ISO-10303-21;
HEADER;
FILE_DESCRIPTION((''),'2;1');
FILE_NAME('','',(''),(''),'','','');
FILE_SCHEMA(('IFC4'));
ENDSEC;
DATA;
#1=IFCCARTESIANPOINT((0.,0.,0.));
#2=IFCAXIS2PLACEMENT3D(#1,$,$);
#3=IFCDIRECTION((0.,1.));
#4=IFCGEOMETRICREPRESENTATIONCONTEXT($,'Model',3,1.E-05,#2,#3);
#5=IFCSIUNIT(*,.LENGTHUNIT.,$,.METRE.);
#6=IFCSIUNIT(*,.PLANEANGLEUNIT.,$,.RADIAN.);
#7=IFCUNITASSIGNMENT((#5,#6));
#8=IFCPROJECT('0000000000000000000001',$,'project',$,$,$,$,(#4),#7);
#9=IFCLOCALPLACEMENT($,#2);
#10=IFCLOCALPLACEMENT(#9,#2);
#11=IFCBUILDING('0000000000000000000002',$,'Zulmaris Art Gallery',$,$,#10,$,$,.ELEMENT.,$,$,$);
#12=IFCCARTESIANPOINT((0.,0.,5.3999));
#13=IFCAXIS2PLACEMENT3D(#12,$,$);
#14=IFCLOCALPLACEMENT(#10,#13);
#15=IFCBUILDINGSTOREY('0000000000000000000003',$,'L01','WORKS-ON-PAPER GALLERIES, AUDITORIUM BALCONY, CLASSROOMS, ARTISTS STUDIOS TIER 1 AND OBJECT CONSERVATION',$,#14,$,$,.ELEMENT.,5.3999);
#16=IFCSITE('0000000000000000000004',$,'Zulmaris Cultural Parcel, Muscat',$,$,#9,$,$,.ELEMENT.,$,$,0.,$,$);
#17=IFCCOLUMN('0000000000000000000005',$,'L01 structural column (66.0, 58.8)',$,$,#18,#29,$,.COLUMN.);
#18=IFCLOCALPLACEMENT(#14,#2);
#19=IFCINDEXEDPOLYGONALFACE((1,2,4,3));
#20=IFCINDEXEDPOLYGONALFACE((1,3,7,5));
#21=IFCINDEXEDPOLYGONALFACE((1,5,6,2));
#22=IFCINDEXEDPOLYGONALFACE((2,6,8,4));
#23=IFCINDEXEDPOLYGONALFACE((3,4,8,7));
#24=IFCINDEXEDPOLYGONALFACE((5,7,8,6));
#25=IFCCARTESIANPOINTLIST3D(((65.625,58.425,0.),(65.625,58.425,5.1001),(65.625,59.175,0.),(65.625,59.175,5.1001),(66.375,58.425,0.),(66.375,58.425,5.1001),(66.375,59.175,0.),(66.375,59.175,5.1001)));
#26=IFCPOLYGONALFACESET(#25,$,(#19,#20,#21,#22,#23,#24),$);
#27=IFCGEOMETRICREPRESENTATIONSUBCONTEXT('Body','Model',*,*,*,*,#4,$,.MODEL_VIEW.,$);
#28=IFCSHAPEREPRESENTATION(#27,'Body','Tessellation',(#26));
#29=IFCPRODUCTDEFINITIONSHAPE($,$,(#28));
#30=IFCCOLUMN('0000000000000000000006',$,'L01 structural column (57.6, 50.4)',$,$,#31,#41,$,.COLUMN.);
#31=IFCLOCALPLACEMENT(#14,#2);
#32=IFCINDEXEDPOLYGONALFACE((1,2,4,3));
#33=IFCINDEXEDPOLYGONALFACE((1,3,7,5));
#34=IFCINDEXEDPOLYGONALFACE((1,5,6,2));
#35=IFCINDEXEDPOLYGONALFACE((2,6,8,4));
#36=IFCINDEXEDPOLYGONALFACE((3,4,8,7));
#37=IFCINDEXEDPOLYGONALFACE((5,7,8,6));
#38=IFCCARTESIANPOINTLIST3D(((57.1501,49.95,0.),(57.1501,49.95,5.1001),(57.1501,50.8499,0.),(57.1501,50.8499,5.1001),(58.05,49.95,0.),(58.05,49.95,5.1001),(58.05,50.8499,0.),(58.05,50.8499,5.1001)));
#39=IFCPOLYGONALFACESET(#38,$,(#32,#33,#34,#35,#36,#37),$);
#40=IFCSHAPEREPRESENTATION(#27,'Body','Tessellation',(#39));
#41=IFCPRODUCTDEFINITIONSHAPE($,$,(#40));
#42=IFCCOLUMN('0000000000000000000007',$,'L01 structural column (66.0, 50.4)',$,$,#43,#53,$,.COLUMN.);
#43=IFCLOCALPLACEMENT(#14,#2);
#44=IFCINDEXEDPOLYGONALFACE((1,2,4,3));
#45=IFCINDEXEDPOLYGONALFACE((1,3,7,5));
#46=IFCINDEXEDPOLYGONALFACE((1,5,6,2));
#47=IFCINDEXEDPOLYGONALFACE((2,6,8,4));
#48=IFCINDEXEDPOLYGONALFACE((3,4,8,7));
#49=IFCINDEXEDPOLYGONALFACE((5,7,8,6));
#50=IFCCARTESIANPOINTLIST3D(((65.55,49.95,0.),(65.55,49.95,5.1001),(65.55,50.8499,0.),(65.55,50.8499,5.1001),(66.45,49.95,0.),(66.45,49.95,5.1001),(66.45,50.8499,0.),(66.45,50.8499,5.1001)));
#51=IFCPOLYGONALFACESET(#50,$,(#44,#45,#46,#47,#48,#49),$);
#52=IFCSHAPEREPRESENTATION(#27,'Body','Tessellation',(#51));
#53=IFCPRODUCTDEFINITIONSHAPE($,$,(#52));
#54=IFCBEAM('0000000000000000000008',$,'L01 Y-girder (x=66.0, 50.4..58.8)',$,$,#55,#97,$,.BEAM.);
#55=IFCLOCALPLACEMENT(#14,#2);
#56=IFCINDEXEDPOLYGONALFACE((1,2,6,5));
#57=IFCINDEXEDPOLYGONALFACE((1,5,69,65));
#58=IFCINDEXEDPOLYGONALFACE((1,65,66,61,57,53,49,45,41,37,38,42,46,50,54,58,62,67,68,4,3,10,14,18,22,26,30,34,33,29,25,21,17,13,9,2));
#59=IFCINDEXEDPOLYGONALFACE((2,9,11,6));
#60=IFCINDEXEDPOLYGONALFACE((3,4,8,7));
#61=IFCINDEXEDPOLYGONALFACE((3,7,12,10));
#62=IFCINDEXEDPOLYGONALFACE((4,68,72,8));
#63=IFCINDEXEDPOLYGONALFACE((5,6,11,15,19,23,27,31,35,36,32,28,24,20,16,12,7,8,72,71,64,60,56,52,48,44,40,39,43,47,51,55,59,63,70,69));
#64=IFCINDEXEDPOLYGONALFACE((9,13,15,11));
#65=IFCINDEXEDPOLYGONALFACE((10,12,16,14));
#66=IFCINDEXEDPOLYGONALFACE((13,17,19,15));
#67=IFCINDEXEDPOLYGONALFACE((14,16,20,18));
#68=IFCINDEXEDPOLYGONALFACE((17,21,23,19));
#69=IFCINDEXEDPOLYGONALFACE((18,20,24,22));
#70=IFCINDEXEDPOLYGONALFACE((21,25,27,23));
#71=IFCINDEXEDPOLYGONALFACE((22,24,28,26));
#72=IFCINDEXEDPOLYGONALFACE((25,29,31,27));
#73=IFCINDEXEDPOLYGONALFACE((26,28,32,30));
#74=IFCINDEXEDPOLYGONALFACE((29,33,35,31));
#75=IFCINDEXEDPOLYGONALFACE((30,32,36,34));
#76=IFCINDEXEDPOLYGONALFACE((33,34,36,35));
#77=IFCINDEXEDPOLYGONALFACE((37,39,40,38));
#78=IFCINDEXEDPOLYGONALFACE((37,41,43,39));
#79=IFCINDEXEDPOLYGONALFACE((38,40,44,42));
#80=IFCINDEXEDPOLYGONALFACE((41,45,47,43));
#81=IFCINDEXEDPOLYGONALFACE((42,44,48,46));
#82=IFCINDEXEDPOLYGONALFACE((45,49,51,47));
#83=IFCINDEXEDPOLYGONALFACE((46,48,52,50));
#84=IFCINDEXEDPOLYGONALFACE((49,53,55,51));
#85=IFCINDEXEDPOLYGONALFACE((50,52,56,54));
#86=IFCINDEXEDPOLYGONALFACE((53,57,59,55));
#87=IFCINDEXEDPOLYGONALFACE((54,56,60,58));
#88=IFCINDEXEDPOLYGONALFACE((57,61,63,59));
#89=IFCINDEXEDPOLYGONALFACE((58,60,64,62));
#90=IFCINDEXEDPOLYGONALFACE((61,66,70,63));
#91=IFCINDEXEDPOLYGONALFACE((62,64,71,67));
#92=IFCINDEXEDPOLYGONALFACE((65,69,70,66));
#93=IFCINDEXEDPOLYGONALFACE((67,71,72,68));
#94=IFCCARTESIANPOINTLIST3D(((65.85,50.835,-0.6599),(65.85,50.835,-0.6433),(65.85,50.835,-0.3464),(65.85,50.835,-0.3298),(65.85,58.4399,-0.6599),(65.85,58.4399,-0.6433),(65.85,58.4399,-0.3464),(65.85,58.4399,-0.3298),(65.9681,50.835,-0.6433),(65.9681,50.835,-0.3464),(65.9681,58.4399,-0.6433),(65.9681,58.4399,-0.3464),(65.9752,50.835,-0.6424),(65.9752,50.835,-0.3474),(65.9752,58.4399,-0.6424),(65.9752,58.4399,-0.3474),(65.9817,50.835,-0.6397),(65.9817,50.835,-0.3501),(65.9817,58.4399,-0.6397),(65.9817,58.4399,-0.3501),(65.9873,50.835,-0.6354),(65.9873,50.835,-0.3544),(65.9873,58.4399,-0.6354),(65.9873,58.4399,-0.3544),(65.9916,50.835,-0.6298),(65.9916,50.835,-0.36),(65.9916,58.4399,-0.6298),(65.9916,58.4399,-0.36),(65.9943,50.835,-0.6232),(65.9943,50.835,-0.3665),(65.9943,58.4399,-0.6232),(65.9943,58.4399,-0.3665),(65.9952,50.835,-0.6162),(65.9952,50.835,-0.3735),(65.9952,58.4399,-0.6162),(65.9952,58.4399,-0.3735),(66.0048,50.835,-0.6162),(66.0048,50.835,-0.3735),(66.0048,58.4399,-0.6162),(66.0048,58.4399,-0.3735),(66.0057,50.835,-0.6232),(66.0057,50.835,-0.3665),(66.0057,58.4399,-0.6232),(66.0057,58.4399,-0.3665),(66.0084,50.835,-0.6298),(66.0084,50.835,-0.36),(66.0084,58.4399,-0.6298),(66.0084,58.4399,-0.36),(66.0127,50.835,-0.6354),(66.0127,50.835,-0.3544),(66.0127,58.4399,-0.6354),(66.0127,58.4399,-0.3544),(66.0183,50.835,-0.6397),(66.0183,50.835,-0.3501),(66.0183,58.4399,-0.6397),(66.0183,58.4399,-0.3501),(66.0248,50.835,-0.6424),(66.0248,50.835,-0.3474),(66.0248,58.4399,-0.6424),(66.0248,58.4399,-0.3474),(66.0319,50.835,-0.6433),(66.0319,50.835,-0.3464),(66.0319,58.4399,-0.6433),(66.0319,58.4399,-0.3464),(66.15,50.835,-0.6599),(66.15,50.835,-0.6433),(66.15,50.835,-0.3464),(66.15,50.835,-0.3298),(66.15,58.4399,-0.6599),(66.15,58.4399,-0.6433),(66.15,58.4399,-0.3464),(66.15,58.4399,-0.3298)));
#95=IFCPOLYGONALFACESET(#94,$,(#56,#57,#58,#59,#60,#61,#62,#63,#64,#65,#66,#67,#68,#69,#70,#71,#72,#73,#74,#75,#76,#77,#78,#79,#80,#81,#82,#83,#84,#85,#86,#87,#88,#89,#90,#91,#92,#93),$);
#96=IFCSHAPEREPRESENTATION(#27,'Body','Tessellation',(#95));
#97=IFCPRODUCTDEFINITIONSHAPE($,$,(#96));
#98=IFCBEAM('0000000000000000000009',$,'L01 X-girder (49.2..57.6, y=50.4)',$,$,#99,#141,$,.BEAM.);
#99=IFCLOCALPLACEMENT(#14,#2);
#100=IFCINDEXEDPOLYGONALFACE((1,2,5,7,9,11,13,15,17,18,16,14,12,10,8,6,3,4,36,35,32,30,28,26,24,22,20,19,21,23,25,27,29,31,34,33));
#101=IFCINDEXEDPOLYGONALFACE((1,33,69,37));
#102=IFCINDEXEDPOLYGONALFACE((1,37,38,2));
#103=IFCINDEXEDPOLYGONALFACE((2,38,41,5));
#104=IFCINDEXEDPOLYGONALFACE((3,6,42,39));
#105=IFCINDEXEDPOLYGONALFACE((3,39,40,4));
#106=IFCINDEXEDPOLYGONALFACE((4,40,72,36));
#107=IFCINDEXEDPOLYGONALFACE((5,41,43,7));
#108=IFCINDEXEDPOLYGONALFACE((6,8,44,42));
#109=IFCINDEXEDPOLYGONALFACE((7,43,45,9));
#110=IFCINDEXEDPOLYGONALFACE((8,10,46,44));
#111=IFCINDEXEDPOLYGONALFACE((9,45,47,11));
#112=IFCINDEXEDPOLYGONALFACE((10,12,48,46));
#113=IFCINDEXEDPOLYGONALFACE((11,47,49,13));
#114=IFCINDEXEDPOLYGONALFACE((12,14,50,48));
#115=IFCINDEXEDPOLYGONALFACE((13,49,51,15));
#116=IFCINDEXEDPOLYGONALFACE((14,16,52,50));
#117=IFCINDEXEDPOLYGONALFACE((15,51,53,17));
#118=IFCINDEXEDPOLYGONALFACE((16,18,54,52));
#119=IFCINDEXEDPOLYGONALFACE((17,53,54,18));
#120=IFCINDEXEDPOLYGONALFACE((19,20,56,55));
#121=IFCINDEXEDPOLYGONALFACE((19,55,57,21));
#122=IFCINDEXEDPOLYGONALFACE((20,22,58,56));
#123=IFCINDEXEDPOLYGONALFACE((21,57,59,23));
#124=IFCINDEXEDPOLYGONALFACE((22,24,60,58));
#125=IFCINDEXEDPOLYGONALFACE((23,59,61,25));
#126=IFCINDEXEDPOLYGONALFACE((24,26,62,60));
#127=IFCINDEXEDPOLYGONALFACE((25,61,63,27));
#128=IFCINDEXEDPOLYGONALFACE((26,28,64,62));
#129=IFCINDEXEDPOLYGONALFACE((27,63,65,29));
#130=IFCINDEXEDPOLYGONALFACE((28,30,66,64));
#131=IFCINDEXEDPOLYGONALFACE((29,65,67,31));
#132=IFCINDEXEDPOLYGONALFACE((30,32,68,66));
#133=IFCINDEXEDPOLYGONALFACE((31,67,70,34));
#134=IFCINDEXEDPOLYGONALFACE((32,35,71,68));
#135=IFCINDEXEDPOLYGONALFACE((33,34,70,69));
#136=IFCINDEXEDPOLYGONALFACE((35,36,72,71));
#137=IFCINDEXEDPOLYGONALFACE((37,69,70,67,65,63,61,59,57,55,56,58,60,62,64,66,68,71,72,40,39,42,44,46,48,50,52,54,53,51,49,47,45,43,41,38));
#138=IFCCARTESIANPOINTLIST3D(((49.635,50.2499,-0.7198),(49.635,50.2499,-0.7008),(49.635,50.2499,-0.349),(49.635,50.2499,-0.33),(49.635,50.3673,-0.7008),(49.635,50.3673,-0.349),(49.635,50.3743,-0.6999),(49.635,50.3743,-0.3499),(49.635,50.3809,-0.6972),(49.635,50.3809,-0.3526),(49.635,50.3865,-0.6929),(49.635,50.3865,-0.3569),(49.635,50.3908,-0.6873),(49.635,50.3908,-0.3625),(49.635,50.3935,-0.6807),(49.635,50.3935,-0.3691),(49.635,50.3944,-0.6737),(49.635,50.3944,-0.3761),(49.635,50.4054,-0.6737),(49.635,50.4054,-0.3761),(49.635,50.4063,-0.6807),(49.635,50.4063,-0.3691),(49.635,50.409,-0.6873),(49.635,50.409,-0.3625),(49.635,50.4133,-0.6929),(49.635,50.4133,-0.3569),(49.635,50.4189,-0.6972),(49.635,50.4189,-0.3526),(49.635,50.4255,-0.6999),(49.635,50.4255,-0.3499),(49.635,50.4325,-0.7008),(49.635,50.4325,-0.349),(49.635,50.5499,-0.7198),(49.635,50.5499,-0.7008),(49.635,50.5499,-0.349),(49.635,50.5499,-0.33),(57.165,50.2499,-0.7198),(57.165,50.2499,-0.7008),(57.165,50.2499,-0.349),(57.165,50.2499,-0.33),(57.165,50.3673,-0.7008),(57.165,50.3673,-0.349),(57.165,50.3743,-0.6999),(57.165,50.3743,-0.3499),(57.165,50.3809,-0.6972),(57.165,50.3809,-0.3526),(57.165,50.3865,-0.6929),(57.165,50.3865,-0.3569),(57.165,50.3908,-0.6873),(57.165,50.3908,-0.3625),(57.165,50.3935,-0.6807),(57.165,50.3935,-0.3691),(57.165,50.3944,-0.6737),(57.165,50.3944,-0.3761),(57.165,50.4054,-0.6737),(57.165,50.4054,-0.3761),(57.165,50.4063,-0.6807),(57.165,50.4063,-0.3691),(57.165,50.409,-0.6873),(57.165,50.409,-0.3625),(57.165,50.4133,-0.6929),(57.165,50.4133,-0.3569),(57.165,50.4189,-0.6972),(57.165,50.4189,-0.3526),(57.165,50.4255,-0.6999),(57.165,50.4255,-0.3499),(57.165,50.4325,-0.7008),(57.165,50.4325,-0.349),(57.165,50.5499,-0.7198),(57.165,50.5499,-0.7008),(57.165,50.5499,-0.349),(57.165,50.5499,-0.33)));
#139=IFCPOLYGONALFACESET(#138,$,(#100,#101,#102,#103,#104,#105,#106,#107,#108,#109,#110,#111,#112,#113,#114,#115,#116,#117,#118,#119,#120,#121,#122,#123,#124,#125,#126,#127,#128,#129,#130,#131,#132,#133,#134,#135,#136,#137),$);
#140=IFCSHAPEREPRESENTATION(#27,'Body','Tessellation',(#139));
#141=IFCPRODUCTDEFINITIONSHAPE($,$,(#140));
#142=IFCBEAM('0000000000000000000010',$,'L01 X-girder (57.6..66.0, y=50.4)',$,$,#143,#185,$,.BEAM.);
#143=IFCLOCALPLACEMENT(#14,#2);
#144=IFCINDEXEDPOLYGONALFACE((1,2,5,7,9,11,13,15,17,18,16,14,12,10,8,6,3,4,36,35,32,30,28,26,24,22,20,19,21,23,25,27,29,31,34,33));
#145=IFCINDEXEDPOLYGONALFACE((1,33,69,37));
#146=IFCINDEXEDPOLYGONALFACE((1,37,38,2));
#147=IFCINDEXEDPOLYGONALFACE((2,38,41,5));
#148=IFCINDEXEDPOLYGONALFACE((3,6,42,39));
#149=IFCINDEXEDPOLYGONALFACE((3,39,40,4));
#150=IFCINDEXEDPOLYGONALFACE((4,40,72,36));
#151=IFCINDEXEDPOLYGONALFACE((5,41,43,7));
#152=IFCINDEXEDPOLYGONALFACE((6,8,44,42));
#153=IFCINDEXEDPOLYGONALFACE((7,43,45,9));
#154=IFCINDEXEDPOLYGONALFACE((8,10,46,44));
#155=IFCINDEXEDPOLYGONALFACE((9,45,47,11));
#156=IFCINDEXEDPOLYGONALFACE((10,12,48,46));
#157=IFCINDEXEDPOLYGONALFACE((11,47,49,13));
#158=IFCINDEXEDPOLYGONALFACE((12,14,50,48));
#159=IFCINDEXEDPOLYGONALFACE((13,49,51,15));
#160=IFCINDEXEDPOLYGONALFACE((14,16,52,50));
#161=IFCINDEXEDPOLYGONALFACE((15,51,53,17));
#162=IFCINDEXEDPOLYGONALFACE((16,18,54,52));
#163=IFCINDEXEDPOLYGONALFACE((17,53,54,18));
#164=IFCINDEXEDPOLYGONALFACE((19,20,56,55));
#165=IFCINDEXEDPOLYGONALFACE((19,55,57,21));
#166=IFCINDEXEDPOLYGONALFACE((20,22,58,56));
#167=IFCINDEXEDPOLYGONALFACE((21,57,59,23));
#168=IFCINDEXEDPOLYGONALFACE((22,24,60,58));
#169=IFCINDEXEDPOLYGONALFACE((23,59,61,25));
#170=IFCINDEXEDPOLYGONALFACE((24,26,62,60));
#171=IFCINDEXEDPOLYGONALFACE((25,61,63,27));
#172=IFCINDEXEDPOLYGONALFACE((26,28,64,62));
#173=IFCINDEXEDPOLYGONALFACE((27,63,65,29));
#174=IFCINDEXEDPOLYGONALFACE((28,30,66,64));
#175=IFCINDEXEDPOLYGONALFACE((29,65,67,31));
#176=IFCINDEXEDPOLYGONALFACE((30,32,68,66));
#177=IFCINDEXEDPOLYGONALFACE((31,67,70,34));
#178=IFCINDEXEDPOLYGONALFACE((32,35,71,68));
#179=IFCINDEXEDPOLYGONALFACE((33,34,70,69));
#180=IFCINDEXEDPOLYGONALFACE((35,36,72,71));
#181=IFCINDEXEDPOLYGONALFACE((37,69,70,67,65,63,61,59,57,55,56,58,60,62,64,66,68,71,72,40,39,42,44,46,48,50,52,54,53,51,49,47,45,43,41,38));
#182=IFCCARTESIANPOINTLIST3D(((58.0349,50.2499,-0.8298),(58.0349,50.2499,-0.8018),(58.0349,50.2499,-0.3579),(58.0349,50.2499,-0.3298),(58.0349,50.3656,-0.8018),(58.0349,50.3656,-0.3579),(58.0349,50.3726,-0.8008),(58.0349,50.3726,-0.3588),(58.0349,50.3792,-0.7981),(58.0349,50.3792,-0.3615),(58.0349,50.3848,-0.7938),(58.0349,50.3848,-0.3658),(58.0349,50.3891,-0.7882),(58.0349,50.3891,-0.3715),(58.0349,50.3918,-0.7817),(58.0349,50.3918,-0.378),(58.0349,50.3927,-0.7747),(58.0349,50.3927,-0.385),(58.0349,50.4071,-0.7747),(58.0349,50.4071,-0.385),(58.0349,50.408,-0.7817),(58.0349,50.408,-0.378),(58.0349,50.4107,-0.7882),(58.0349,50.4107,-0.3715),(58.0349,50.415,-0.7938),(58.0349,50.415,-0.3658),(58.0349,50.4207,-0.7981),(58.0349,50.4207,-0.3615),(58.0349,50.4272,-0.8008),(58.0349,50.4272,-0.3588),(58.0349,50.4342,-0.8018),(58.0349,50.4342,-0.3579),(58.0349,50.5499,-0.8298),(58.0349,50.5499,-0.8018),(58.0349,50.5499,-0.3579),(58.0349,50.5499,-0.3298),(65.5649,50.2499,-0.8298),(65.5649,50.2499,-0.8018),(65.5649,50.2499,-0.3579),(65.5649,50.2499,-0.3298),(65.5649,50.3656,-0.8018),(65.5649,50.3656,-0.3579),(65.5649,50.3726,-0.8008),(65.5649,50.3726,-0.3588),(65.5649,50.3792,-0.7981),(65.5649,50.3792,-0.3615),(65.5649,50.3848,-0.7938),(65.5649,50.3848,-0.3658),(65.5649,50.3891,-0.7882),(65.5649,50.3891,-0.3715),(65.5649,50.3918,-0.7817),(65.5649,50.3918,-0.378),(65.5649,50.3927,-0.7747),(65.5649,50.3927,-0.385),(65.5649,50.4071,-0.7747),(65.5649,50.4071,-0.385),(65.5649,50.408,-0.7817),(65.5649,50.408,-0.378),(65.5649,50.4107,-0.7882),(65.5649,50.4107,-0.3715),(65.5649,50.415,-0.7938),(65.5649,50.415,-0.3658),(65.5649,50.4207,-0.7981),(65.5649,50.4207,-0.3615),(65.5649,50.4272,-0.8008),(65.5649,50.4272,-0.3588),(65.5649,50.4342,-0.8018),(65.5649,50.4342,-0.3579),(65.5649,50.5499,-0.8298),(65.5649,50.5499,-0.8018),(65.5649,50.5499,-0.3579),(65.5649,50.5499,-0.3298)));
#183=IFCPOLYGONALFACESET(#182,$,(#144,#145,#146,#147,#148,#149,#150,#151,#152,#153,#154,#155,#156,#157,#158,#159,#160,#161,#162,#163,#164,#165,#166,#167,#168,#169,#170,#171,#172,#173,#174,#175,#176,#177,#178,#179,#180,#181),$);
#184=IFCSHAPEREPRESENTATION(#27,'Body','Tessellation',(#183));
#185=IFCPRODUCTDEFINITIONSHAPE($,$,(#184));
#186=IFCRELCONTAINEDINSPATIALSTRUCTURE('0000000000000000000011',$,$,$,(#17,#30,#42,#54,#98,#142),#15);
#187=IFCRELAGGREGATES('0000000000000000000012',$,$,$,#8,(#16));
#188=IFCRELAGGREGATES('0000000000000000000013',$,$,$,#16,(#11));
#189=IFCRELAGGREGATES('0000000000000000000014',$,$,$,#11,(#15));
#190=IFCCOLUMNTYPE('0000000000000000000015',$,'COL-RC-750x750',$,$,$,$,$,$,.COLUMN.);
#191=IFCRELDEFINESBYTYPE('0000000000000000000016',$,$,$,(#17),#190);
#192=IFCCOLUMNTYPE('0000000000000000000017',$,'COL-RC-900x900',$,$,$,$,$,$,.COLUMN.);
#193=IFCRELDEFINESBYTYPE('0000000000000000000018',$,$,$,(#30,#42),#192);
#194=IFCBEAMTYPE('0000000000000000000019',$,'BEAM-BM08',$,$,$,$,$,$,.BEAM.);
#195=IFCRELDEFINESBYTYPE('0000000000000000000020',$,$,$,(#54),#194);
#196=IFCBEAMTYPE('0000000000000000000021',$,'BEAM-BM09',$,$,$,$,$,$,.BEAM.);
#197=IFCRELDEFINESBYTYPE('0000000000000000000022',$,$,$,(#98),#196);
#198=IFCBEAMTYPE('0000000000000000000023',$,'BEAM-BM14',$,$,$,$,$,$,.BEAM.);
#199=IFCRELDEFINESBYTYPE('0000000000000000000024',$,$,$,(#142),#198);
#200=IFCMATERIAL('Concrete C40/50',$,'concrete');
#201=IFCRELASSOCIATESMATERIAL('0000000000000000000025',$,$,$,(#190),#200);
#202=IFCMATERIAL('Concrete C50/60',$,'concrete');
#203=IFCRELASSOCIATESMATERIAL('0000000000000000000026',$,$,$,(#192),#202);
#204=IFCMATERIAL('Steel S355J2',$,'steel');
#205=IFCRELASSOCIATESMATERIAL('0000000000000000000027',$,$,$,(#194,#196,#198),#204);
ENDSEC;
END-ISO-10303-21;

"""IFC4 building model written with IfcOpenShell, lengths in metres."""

from ifc_helpers import new_model, si_unit, direction, frame, origin, origin_2d, place, context, subcontext, project, spatial, rectangle, i_section, extrude, material, material_profile, profile_set, type_object, element, save


model = new_model("IFC4")

# Units and contexts
model_context = context("Model", 3, precision=1e-05, world=origin(), true_north=direction((0.0, 1.0)))
body_context = subcontext(model_context, "Body", "Model", "MODEL_VIEW")
ifc_project = project(units=[si_unit("LENGTHUNIT", "METRE"), si_unit("PLANEANGLEUNIT", "RADIAN")], contexts=[model_context])

# Site, building, storey
site_placement = place(None, origin())
site = spatial("IfcSite", under=ifc_project, at=site_placement, Name="Zulmaris Cultural Parcel, Muscat", CompositionType="ELEMENT", RefElevation=0.0)
building_placement = place(site_placement, origin())
building = spatial("IfcBuilding", under=site, at=building_placement, Name="Zulmaris Art Gallery", CompositionType="ELEMENT")
storey_placement = place(building_placement, frame((0.0, 0.0, 5.3999)))
storey = spatial("IfcBuildingStorey", under=building, at=storey_placement, Name="L01", Description="WORKS-ON-PAPER GALLERIES, AUDITORIUM BALCONY, CLASSROOMS, ARTISTS STUDIOS TIER 1 AND OBJECT CONSERVATION", CompositionType="ELEMENT", Elevation=5.3999)

# Columns
ifc_material_1 = material(Name="Concrete C40/50", Category="concrete")
ifc_material_profile_1 = material_profile(ifc_material_1, rectangle(XDim=0.75, YDim=0.75, at=origin_2d()), Name="RC 750x750")
ifc_profile_set_1 = profile_set([ifc_material_profile_1], Name="Concrete C40/50")
column_type_1 = type_object("IfcColumnType", Name="COL-RC-750x750", PredefinedType="COLUMN", material=ifc_profile_set_1)
column_placement = place(storey_placement, frame((66.0, 58.8, 0.0), z_axis=(0.0, 0.0, 1.0), x_axis=(1.0, 0.0, 0.0)))
element("IfcColumn", 1, at=column_placement, inside=storey, type_object=column_type_1, Name="L01 structural column (66.0, 58.8)", PredefinedType="COLUMN", context=body_context, shape_type="SweptSolid", body=[
    extrude(rectangle(XDim=0.75, YDim=0.75, at=origin_2d()), origin(), (0.0, 0.0, 1.0), 5.1001),
])
ifc_material_2 = material(Name="Concrete C50/60", Category="concrete")
ifc_material_profile_2 = material_profile(ifc_material_2, rectangle(XDim=0.8999, YDim=0.8999, at=origin_2d()), Name="RC 900x900")
ifc_profile_set_2 = profile_set([ifc_material_profile_2], Name="Concrete C50/60")
column_type_2 = type_object("IfcColumnType", Name="COL-RC-900x900", PredefinedType="COLUMN", material=ifc_profile_set_2)
for number, where, z_axis, x_axis, name in (
    (2, (57.6001, 50.3999, 0.0), (0.0, 0.0, 1.0), (1.0, 0.0, 0.0), "L01 structural column (57.6, 50.4)"),
    (3, (66.0, 50.3999, 0.0), (0.0, 0.0, 1.0), (1.0, 0.0, 0.0), "L01 structural column (66.0, 50.4)"),
):
    element("IfcColumn", number, at=place(storey_placement, frame(where, z_axis=z_axis, x_axis=x_axis)), inside=storey, type_object=column_type_2, Name=name, PredefinedType="COLUMN", context=body_context, shape_type="SweptSolid", body=[
        extrude(rectangle(XDim=0.8999, YDim=0.8999, at=origin_2d()), origin(), (0.0, 0.0, 1.0), 5.1001),
    ])

# Beams
ifc_material_3 = material(Name="Steel S355J2", Category="steel")
ifc_material_profile_3 = material_profile(ifc_material_3, i_section(OverallWidth=0.3, OverallDepth=0.3301, WebThickness=0.0095, FlangeThickness=0.0166, FilletRadius=0.0271, at=origin_2d()), Name="HEA 340")
ifc_profile_set_3 = profile_set([ifc_material_profile_3], Name="Steel S355J2")
beam_type_1 = type_object("IfcBeamType", Name="BEAM-BM08", PredefinedType="BEAM", material=ifc_profile_set_3)
beam_1_placement = place(storey_placement, frame((66.0, 50.835, -0.4949), z_axis=(0.0, 1.0, 0.0), x_axis=(-1.0, 0.0, 0.0)))
element("IfcBeam", 4, at=beam_1_placement, inside=storey, type_object=beam_type_1, Name="L01 Y-girder (x=66.0, 50.4..58.8)", PredefinedType="BEAM", context=body_context, shape_type="SweptSolid", body=[
    extrude(i_section(OverallWidth=0.3, OverallDepth=0.3301, WebThickness=0.0095, FlangeThickness=0.0166, FilletRadius=0.0271, at=origin_2d()), origin(), (0.0, 0.0, 1.0), 7.605),
])
ifc_material_profile_4 = material_profile(ifc_material_3, i_section(OverallWidth=0.3, OverallDepth=0.3899, WebThickness=0.011, FlangeThickness=0.019, FilletRadius=0.0271, at=origin_2d()), Name="HEA 400")
ifc_profile_set_4 = profile_set([ifc_material_profile_4], Name="Steel S355J2")
beam_type_2 = type_object("IfcBeamType", Name="BEAM-BM09", PredefinedType="BEAM", material=ifc_profile_set_4)
beam_2_placement = place(storey_placement, frame((49.635, 50.3999, -0.5249), z_axis=(1.0, 0.0, 0.0), x_axis=(0.0, 1.0, 0.0)))
element("IfcBeam", 5, at=beam_2_placement, inside=storey, type_object=beam_type_2, Name="L01 X-girder (49.2..57.6, y=50.4)", PredefinedType="BEAM", context=body_context, shape_type="SweptSolid", body=[
    extrude(i_section(OverallWidth=0.3, OverallDepth=0.3899, WebThickness=0.011, FlangeThickness=0.019, FilletRadius=0.0271, at=origin_2d()), origin(), (0.0, 0.0, 1.0), 7.53),
])
ifc_material_profile_5 = material_profile(ifc_material_3, i_section(OverallWidth=0.3, OverallDepth=0.5, WebThickness=0.0144, FlangeThickness=0.0281, FilletRadius=0.0271, at=origin_2d()), Name="HEB 500")
ifc_profile_set_5 = profile_set([ifc_material_profile_5], Name="Steel S355J2")
beam_type_3 = type_object("IfcBeamType", Name="BEAM-BM14", PredefinedType="BEAM", material=ifc_profile_set_5)
beam_3_placement = place(storey_placement, frame((58.0349, 50.3999, -0.5798), z_axis=(1.0, 0.0, 0.0), x_axis=(0.0, 1.0, 0.0)))
element("IfcBeam", 6, at=beam_3_placement, inside=storey, type_object=beam_type_3, Name="L01 X-girder (57.6..66.0, y=50.4)", PredefinedType="BEAM", context=body_context, shape_type="SweptSolid", body=[
    extrude(i_section(OverallWidth=0.3, OverallDepth=0.5, WebThickness=0.0144, FlangeThickness=0.0281, FilletRadius=0.0271, at=origin_2d()), origin(), (0.0, 0.0, 1.0), 7.53),
])

save(model, "model.ifc")
